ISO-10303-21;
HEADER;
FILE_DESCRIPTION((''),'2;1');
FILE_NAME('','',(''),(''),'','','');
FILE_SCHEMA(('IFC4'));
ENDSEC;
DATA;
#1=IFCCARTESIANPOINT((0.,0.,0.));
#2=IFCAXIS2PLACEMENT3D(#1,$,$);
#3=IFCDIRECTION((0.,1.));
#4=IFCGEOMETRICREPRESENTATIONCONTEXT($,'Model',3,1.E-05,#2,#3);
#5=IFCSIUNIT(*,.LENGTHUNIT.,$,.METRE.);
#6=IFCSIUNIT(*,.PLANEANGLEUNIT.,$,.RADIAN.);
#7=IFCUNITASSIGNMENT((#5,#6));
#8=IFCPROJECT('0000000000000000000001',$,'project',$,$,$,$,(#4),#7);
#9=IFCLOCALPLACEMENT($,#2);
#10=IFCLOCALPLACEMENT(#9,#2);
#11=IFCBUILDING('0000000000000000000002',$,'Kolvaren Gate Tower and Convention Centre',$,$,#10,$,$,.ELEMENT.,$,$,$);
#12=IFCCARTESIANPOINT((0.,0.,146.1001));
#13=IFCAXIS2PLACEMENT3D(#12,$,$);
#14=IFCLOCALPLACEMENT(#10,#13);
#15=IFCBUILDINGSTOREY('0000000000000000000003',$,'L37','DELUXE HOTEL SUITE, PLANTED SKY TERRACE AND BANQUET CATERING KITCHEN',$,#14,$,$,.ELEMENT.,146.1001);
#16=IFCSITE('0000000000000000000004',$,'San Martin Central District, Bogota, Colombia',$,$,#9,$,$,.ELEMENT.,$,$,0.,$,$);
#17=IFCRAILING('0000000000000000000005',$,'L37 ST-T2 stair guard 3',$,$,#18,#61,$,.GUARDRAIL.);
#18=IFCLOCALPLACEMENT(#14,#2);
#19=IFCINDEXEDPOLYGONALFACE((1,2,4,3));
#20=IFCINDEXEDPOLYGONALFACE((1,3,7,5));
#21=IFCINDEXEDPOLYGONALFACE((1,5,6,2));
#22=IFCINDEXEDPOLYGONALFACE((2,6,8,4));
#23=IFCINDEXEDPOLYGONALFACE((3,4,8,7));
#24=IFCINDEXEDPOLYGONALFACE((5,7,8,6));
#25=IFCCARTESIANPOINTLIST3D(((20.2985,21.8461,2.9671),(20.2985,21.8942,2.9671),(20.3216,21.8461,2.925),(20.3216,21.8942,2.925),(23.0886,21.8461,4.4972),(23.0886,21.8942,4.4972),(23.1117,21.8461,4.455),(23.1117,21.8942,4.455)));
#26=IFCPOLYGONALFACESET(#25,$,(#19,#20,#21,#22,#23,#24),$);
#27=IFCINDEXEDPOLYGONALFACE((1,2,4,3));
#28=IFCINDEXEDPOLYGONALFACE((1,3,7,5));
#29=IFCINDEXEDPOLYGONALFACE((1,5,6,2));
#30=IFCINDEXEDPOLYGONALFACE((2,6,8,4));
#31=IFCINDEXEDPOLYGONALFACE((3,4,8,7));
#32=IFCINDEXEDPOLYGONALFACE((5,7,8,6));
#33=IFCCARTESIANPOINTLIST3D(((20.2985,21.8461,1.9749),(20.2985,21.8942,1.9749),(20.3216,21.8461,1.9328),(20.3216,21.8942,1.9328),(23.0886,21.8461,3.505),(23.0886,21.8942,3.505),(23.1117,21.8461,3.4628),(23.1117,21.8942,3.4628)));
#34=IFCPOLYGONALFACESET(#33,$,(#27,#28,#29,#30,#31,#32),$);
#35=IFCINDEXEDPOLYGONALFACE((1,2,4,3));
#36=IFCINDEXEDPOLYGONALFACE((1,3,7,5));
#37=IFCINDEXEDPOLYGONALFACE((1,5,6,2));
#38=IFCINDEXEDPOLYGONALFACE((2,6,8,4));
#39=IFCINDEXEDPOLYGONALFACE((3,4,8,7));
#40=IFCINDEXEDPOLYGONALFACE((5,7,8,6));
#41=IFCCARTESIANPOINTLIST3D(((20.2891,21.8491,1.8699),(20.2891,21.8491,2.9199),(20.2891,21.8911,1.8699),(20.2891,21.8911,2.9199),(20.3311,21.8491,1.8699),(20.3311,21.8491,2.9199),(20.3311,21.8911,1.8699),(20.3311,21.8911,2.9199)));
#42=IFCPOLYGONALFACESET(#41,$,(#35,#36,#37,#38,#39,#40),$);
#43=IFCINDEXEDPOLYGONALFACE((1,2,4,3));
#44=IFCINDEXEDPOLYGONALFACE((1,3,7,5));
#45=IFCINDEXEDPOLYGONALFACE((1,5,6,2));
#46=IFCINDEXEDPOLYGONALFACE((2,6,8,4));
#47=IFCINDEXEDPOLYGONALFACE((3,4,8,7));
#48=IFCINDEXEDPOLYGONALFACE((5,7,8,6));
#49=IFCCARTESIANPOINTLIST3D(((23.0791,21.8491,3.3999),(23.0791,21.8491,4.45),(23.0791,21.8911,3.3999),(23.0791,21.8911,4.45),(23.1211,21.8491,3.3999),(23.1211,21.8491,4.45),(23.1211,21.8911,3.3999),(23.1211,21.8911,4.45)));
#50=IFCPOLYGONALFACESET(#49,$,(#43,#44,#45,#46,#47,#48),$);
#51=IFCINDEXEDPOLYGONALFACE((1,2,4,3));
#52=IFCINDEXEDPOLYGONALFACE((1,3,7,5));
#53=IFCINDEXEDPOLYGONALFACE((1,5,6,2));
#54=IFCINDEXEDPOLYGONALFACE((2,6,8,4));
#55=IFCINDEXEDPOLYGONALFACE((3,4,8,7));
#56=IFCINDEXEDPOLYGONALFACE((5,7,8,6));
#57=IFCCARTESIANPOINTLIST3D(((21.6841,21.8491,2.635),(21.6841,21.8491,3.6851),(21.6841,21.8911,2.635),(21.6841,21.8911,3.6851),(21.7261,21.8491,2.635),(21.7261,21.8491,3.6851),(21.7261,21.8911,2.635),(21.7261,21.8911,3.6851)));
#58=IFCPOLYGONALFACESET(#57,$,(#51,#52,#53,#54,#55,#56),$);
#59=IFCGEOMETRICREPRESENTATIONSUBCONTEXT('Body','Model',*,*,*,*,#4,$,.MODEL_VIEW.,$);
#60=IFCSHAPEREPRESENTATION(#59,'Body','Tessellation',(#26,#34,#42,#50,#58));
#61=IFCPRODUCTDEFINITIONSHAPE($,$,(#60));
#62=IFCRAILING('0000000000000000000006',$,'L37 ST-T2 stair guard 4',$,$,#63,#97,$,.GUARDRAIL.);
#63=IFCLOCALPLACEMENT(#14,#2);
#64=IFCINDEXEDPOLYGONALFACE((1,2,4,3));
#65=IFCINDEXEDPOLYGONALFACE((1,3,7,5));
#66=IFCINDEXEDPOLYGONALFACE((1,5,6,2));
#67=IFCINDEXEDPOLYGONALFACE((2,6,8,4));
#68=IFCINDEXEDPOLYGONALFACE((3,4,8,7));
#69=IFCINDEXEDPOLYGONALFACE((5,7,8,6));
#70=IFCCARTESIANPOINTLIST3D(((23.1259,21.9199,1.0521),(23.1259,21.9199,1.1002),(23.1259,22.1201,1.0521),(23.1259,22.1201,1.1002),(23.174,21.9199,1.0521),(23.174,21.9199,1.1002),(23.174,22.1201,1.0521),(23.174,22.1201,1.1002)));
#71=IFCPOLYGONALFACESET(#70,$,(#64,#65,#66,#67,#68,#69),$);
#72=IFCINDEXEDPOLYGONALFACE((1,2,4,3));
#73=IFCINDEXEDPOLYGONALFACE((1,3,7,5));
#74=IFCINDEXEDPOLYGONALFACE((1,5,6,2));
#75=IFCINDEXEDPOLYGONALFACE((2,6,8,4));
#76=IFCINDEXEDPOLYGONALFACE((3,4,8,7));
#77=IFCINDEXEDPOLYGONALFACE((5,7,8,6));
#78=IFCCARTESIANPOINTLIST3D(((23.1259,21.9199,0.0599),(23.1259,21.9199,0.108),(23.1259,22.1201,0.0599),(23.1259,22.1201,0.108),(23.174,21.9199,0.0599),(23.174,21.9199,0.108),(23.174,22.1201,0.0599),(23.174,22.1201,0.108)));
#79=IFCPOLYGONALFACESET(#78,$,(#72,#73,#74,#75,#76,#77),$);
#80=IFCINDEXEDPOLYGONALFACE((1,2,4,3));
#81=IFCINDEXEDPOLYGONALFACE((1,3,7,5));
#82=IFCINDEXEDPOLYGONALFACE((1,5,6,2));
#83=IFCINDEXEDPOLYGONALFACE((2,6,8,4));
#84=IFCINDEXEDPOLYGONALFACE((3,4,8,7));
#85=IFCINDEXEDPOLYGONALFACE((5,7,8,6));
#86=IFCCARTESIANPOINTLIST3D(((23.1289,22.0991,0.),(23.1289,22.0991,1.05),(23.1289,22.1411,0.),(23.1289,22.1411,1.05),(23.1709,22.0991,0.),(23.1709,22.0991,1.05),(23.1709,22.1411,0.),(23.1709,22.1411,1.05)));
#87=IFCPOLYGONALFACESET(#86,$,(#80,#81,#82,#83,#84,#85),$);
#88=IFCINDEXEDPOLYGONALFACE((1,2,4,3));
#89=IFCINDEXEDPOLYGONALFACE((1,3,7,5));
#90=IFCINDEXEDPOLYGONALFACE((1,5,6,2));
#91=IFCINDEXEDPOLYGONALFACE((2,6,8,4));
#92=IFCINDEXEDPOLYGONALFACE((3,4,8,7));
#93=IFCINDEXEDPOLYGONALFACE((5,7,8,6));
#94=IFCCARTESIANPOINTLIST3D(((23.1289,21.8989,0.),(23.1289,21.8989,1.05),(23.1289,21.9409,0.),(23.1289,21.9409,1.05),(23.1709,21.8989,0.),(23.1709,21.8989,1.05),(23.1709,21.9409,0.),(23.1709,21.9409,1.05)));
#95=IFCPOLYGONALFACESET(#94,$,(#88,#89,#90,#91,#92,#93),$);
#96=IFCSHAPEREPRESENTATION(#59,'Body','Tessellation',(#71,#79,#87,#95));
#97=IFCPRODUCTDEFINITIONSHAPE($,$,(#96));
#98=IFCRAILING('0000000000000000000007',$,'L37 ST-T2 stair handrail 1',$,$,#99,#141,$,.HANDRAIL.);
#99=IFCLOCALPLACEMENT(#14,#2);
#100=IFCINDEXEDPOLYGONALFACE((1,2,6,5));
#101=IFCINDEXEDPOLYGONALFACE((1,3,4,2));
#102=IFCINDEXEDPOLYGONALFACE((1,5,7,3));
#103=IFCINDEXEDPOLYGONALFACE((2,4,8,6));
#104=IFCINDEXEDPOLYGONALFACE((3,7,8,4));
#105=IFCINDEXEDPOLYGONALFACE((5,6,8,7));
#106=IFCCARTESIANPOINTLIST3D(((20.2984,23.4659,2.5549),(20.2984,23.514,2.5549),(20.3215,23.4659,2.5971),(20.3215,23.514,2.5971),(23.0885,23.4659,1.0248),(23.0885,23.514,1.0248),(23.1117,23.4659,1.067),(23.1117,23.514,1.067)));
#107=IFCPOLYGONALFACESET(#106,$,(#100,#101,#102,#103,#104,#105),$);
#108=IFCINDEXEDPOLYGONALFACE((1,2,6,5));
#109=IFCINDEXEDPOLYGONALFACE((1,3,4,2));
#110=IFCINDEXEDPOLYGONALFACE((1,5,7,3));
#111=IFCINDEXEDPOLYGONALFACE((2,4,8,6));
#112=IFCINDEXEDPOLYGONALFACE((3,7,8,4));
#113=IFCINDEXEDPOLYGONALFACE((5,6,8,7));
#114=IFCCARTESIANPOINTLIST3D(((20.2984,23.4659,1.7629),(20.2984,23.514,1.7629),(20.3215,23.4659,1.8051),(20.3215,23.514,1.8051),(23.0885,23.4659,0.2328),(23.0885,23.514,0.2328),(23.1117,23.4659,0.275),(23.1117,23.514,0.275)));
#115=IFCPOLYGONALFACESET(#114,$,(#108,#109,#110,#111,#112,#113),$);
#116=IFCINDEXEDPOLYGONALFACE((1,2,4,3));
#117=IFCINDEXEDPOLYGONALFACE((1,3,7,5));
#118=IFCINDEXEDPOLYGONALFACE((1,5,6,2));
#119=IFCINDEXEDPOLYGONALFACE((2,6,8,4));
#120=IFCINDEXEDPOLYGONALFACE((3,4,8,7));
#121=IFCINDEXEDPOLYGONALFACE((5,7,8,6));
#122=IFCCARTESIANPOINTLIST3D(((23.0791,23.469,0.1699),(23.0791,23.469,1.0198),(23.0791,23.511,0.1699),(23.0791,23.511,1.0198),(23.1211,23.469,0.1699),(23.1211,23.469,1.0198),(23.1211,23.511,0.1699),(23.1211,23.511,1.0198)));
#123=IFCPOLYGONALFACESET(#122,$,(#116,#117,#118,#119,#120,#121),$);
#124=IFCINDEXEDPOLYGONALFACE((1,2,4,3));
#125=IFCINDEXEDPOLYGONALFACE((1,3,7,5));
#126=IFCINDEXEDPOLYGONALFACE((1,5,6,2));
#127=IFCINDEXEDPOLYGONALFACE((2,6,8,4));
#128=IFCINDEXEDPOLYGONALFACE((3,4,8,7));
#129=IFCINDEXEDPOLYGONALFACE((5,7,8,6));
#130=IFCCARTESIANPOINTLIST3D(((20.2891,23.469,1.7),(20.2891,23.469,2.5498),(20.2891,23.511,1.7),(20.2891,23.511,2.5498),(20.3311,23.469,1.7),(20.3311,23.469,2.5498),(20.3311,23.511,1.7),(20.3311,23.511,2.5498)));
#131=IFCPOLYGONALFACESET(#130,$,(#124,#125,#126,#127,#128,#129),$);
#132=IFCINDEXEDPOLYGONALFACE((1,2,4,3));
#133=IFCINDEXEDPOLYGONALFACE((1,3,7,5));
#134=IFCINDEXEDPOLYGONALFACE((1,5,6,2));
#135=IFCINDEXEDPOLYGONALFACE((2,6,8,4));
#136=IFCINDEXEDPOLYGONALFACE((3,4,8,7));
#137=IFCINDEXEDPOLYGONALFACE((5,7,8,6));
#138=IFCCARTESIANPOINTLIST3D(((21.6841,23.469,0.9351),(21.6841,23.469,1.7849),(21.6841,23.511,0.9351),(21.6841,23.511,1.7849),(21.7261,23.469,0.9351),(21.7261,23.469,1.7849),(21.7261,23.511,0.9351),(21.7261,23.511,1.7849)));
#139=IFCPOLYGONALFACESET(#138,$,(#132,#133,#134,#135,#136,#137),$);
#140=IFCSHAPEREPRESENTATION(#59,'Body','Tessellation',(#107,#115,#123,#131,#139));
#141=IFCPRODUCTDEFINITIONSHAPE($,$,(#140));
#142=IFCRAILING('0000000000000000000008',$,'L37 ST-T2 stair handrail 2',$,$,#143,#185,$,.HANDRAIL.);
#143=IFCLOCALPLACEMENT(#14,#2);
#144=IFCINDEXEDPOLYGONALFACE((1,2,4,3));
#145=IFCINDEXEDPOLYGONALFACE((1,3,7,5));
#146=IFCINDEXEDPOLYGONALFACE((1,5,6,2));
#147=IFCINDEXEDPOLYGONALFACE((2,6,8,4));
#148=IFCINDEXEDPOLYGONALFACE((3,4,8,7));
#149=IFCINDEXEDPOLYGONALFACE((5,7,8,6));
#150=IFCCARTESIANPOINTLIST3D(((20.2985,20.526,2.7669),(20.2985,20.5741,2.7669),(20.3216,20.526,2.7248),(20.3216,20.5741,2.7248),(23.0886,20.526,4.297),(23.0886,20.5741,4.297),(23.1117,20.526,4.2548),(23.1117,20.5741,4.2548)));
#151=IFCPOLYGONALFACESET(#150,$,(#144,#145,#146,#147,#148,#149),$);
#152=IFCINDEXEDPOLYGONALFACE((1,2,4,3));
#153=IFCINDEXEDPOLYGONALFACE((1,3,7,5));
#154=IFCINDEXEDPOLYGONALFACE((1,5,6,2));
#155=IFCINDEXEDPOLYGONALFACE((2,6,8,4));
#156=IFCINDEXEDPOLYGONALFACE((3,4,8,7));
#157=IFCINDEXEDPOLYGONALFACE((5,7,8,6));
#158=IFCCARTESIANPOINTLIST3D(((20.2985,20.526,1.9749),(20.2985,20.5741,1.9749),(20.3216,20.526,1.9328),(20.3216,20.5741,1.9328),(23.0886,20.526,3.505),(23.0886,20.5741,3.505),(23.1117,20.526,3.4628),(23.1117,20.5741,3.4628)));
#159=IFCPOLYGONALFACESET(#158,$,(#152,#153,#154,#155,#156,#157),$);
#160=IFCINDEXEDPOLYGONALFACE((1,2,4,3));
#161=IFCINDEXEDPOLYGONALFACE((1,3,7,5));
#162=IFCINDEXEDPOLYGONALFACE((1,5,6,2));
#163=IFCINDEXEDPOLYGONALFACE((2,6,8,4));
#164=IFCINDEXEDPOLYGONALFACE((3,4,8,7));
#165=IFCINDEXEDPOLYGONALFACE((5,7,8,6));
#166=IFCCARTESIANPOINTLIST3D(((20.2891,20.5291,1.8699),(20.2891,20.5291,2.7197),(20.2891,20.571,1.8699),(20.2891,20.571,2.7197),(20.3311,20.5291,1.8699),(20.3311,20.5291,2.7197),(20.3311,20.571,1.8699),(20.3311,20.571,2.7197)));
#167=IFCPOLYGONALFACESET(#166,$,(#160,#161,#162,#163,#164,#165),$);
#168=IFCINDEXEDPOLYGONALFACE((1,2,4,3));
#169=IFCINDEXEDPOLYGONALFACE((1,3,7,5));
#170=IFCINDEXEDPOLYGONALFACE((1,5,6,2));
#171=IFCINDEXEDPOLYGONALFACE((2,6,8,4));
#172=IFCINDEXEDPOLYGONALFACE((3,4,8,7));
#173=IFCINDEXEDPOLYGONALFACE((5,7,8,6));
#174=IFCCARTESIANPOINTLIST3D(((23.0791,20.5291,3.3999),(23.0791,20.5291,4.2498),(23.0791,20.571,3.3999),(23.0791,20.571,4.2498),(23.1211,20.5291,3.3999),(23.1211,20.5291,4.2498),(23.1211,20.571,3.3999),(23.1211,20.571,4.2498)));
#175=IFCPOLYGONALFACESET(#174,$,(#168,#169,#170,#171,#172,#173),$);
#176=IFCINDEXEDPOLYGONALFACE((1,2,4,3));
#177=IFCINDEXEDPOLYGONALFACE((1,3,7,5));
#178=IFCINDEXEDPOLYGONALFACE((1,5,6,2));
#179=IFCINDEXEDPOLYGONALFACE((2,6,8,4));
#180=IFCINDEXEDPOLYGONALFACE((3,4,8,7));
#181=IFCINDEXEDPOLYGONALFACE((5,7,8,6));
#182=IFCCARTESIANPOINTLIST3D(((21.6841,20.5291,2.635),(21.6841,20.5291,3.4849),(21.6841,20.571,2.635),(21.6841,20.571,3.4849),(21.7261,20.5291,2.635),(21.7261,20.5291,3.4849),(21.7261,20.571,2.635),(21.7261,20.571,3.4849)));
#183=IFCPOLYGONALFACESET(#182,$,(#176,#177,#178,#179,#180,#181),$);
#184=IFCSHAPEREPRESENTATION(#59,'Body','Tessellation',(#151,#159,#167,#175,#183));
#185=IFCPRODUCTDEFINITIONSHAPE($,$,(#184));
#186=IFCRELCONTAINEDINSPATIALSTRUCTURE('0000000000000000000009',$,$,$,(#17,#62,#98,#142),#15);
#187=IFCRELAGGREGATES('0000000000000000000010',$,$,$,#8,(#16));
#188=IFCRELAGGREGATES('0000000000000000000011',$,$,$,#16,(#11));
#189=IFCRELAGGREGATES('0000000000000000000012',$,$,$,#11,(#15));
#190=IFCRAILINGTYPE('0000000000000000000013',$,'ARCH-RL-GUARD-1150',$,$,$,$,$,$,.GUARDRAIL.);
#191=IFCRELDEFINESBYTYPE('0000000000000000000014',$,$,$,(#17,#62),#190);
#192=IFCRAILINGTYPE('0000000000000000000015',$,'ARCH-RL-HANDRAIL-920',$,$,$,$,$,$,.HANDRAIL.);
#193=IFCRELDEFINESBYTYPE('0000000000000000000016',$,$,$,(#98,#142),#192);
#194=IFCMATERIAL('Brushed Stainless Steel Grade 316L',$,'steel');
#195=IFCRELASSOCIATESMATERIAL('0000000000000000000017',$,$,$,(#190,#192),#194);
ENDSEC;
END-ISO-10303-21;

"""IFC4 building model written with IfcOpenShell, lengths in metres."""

from ifc_helpers import new_model, si_unit, direction, frame, origin, origin_2d, place, context, subcontext, project, spatial, rectangle, extrude, material, type_object, element, save


model = new_model("IFC4")

# Units and contexts
model_context = context("Model", 3, precision=1e-05, world=origin(), true_north=direction((0.0, 1.0)))
body_context = subcontext(model_context, "Body", "Model", "MODEL_VIEW")
ifc_project = project(units=[si_unit("LENGTHUNIT", "METRE"), si_unit("PLANEANGLEUNIT", "RADIAN")], contexts=[model_context])

# Site, building, storey
site_placement = place(None, origin())
site = spatial("IfcSite", under=ifc_project, at=site_placement, Name="San Martin Central District, Bogota, Colombia", CompositionType="ELEMENT", RefElevation=0.0)
building_placement = place(site_placement, origin())
building = spatial("IfcBuilding", under=site, at=building_placement, Name="Kolvaren Gate Tower and Convention Centre", CompositionType="ELEMENT")
storey_placement = place(building_placement, frame((0.0, 0.0, 146.1001)))
storey = spatial("IfcBuildingStorey", under=building, at=storey_placement, Name="L37", Description="DELUXE HOTEL SUITE, PLANTED SKY TERRACE AND BANQUET CATERING KITCHEN", CompositionType="ELEMENT", Elevation=146.1001)

# Shared definitions
ifc_material_1 = material(Name="Brushed Stainless Steel Grade 316L", Category="steel")

# Railings
railing_type_1 = type_object("IfcRailingType", Name="ARCH-RL-GUARD-1150", PredefinedType="GUARDRAIL", material=ifc_material_1)
railing_1_placement = place(storey_placement, frame((20.3101, 21.8701, 1.8699)))
element("IfcRailing", 1, at=railing_1_placement, inside=storey, type_object=railing_type_1, Name="L37 ST-T2 stair guard 3", PredefinedType="GUARDRAIL", context=body_context, shape_type="SweptSolid", body=[
    extrude(rectangle(XDim=0.0481, YDim=0.0481, at=origin_2d()), frame((0.0, 0.0, 1.0762), z_axis=(0.876811, 0.0, 0.480835), x_axis=(0.0, 1.0, 0.0)), (0.0, 0.0, 1.0), 3.1821),
    extrude(rectangle(XDim=0.0481, YDim=0.0481, at=origin_2d()), frame((0.0, 0.0, 0.084), z_axis=(0.876811, 0.0, 0.480835), x_axis=(0.0, 1.0, 0.0)), (0.0, 0.0, 1.0), 3.1821),
    extrude(rectangle(XDim=0.042, YDim=0.042, at=origin_2d()), origin(), (0.0, 0.0, 1.0), 1.05),
    extrude(rectangle(XDim=0.042, YDim=0.042, at=origin_2d()), frame((2.79, 0.0, 1.53)), (0.0, 0.0, 1.0), 1.05),
    extrude(rectangle(XDim=0.042, YDim=0.042, at=origin_2d()), frame((1.395, 0.0, 0.7651)), (0.0, 0.0, 1.0), 1.05),
])
railing_2_placement = place(storey_placement, frame((23.1499, 22.1201, 0.0)))
element("IfcRailing", 2, at=railing_2_placement, inside=storey, type_object=railing_type_1, Name="L37 ST-T2 stair guard 4", PredefinedType="GUARDRAIL", context=body_context, shape_type="SweptSolid", body=[
    extrude(rectangle(XDim=0.0481, YDim=0.0481, at=origin_2d()), frame((0.0, 0.0, 1.0762), z_axis=(0.0, -1.0, 0.0), x_axis=(1.0, 0.0, 0.0)), (0.0, 0.0, 1.0), 0.2002),
    extrude(rectangle(XDim=0.0481, YDim=0.0481, at=origin_2d()), frame((0.0, 0.0, 0.084), z_axis=(0.0, -1.0, 0.0), x_axis=(1.0, 0.0, 0.0)), (0.0, 0.0, 1.0), 0.2002),
    extrude(rectangle(XDim=0.042, YDim=0.042, at=origin_2d()), origin(), (0.0, 0.0, 1.0), 1.05),
    extrude(rectangle(XDim=0.042, YDim=0.042, at=origin_2d()), frame((0.0, -0.2002, 0.0)), (0.0, 0.0, 1.0), 1.05),
])
railing_type_2 = type_object("IfcRailingType", Name="ARCH-RL-HANDRAIL-920", PredefinedType="HANDRAIL", material=ifc_material_1)
railing_3_placement = place(storey_placement, frame((23.1001, 23.49, 0.1699)))
element("IfcRailing", 3, at=railing_3_placement, inside=storey, type_object=railing_type_2, Name="L37 ST-T2 stair handrail 1", PredefinedType="HANDRAIL", context=body_context, shape_type="SweptSolid", body=[
    extrude(rectangle(XDim=0.0481, YDim=0.0481, at=origin_2d()), frame((0.0, 0.0, 0.876), z_axis=(-0.876811, 0.0, 0.480835), x_axis=(0.0, -1.0, 0.0)), (0.0, 0.0, 1.0), 3.1821),
    extrude(rectangle(XDim=0.0481, YDim=0.0481, at=origin_2d()), frame((0.0, 0.0, 0.084), z_axis=(-0.876811, 0.0, 0.480835), x_axis=(0.0, -1.0, 0.0)), (0.0, 0.0, 1.0), 3.1821),
    extrude(rectangle(XDim=0.042, YDim=0.042, at=origin_2d()), origin(), (0.0, 0.0, 1.0), 0.8499),
    extrude(rectangle(XDim=0.042, YDim=0.042, at=origin_2d()), frame((-2.79, 0.0, 1.53)), (0.0, 0.0, 1.0), 0.8499),
    extrude(rectangle(XDim=0.042, YDim=0.042, at=origin_2d()), frame((-1.395, 0.0, 0.7651)), (0.0, 0.0, 1.0), 0.8499),
])
railing_4_placement = place(storey_placement, frame((20.3101, 20.55, 1.8699)))
element("IfcRailing", 4, at=railing_4_placement, inside=storey, type_object=railing_type_2, Name="L37 ST-T2 stair handrail 2", PredefinedType="HANDRAIL", context=body_context, shape_type="SweptSolid", body=[
    extrude(rectangle(XDim=0.0481, YDim=0.0481, at=origin_2d()), frame((0.0, 0.0, 0.876), z_axis=(0.876811, 0.0, 0.480835), x_axis=(0.0, 1.0, 0.0)), (0.0, 0.0, 1.0), 3.1821),
    extrude(rectangle(XDim=0.0481, YDim=0.0481, at=origin_2d()), frame((0.0, 0.0, 0.084), z_axis=(0.876811, 0.0, 0.480835), x_axis=(0.0, 1.0, 0.0)), (0.0, 0.0, 1.0), 3.1821),
    extrude(rectangle(XDim=0.042, YDim=0.042, at=origin_2d()), origin(), (0.0, 0.0, 1.0), 0.8499),
    extrude(rectangle(XDim=0.042, YDim=0.042, at=origin_2d()), frame((2.79, 0.0, 1.53)), (0.0, 0.0, 1.0), 0.8499),
    extrude(rectangle(XDim=0.042, YDim=0.042, at=origin_2d()), frame((1.395, 0.0, 0.7651)), (0.0, 0.0, 1.0), 0.8499),
])

save(model, "model.ifc")
